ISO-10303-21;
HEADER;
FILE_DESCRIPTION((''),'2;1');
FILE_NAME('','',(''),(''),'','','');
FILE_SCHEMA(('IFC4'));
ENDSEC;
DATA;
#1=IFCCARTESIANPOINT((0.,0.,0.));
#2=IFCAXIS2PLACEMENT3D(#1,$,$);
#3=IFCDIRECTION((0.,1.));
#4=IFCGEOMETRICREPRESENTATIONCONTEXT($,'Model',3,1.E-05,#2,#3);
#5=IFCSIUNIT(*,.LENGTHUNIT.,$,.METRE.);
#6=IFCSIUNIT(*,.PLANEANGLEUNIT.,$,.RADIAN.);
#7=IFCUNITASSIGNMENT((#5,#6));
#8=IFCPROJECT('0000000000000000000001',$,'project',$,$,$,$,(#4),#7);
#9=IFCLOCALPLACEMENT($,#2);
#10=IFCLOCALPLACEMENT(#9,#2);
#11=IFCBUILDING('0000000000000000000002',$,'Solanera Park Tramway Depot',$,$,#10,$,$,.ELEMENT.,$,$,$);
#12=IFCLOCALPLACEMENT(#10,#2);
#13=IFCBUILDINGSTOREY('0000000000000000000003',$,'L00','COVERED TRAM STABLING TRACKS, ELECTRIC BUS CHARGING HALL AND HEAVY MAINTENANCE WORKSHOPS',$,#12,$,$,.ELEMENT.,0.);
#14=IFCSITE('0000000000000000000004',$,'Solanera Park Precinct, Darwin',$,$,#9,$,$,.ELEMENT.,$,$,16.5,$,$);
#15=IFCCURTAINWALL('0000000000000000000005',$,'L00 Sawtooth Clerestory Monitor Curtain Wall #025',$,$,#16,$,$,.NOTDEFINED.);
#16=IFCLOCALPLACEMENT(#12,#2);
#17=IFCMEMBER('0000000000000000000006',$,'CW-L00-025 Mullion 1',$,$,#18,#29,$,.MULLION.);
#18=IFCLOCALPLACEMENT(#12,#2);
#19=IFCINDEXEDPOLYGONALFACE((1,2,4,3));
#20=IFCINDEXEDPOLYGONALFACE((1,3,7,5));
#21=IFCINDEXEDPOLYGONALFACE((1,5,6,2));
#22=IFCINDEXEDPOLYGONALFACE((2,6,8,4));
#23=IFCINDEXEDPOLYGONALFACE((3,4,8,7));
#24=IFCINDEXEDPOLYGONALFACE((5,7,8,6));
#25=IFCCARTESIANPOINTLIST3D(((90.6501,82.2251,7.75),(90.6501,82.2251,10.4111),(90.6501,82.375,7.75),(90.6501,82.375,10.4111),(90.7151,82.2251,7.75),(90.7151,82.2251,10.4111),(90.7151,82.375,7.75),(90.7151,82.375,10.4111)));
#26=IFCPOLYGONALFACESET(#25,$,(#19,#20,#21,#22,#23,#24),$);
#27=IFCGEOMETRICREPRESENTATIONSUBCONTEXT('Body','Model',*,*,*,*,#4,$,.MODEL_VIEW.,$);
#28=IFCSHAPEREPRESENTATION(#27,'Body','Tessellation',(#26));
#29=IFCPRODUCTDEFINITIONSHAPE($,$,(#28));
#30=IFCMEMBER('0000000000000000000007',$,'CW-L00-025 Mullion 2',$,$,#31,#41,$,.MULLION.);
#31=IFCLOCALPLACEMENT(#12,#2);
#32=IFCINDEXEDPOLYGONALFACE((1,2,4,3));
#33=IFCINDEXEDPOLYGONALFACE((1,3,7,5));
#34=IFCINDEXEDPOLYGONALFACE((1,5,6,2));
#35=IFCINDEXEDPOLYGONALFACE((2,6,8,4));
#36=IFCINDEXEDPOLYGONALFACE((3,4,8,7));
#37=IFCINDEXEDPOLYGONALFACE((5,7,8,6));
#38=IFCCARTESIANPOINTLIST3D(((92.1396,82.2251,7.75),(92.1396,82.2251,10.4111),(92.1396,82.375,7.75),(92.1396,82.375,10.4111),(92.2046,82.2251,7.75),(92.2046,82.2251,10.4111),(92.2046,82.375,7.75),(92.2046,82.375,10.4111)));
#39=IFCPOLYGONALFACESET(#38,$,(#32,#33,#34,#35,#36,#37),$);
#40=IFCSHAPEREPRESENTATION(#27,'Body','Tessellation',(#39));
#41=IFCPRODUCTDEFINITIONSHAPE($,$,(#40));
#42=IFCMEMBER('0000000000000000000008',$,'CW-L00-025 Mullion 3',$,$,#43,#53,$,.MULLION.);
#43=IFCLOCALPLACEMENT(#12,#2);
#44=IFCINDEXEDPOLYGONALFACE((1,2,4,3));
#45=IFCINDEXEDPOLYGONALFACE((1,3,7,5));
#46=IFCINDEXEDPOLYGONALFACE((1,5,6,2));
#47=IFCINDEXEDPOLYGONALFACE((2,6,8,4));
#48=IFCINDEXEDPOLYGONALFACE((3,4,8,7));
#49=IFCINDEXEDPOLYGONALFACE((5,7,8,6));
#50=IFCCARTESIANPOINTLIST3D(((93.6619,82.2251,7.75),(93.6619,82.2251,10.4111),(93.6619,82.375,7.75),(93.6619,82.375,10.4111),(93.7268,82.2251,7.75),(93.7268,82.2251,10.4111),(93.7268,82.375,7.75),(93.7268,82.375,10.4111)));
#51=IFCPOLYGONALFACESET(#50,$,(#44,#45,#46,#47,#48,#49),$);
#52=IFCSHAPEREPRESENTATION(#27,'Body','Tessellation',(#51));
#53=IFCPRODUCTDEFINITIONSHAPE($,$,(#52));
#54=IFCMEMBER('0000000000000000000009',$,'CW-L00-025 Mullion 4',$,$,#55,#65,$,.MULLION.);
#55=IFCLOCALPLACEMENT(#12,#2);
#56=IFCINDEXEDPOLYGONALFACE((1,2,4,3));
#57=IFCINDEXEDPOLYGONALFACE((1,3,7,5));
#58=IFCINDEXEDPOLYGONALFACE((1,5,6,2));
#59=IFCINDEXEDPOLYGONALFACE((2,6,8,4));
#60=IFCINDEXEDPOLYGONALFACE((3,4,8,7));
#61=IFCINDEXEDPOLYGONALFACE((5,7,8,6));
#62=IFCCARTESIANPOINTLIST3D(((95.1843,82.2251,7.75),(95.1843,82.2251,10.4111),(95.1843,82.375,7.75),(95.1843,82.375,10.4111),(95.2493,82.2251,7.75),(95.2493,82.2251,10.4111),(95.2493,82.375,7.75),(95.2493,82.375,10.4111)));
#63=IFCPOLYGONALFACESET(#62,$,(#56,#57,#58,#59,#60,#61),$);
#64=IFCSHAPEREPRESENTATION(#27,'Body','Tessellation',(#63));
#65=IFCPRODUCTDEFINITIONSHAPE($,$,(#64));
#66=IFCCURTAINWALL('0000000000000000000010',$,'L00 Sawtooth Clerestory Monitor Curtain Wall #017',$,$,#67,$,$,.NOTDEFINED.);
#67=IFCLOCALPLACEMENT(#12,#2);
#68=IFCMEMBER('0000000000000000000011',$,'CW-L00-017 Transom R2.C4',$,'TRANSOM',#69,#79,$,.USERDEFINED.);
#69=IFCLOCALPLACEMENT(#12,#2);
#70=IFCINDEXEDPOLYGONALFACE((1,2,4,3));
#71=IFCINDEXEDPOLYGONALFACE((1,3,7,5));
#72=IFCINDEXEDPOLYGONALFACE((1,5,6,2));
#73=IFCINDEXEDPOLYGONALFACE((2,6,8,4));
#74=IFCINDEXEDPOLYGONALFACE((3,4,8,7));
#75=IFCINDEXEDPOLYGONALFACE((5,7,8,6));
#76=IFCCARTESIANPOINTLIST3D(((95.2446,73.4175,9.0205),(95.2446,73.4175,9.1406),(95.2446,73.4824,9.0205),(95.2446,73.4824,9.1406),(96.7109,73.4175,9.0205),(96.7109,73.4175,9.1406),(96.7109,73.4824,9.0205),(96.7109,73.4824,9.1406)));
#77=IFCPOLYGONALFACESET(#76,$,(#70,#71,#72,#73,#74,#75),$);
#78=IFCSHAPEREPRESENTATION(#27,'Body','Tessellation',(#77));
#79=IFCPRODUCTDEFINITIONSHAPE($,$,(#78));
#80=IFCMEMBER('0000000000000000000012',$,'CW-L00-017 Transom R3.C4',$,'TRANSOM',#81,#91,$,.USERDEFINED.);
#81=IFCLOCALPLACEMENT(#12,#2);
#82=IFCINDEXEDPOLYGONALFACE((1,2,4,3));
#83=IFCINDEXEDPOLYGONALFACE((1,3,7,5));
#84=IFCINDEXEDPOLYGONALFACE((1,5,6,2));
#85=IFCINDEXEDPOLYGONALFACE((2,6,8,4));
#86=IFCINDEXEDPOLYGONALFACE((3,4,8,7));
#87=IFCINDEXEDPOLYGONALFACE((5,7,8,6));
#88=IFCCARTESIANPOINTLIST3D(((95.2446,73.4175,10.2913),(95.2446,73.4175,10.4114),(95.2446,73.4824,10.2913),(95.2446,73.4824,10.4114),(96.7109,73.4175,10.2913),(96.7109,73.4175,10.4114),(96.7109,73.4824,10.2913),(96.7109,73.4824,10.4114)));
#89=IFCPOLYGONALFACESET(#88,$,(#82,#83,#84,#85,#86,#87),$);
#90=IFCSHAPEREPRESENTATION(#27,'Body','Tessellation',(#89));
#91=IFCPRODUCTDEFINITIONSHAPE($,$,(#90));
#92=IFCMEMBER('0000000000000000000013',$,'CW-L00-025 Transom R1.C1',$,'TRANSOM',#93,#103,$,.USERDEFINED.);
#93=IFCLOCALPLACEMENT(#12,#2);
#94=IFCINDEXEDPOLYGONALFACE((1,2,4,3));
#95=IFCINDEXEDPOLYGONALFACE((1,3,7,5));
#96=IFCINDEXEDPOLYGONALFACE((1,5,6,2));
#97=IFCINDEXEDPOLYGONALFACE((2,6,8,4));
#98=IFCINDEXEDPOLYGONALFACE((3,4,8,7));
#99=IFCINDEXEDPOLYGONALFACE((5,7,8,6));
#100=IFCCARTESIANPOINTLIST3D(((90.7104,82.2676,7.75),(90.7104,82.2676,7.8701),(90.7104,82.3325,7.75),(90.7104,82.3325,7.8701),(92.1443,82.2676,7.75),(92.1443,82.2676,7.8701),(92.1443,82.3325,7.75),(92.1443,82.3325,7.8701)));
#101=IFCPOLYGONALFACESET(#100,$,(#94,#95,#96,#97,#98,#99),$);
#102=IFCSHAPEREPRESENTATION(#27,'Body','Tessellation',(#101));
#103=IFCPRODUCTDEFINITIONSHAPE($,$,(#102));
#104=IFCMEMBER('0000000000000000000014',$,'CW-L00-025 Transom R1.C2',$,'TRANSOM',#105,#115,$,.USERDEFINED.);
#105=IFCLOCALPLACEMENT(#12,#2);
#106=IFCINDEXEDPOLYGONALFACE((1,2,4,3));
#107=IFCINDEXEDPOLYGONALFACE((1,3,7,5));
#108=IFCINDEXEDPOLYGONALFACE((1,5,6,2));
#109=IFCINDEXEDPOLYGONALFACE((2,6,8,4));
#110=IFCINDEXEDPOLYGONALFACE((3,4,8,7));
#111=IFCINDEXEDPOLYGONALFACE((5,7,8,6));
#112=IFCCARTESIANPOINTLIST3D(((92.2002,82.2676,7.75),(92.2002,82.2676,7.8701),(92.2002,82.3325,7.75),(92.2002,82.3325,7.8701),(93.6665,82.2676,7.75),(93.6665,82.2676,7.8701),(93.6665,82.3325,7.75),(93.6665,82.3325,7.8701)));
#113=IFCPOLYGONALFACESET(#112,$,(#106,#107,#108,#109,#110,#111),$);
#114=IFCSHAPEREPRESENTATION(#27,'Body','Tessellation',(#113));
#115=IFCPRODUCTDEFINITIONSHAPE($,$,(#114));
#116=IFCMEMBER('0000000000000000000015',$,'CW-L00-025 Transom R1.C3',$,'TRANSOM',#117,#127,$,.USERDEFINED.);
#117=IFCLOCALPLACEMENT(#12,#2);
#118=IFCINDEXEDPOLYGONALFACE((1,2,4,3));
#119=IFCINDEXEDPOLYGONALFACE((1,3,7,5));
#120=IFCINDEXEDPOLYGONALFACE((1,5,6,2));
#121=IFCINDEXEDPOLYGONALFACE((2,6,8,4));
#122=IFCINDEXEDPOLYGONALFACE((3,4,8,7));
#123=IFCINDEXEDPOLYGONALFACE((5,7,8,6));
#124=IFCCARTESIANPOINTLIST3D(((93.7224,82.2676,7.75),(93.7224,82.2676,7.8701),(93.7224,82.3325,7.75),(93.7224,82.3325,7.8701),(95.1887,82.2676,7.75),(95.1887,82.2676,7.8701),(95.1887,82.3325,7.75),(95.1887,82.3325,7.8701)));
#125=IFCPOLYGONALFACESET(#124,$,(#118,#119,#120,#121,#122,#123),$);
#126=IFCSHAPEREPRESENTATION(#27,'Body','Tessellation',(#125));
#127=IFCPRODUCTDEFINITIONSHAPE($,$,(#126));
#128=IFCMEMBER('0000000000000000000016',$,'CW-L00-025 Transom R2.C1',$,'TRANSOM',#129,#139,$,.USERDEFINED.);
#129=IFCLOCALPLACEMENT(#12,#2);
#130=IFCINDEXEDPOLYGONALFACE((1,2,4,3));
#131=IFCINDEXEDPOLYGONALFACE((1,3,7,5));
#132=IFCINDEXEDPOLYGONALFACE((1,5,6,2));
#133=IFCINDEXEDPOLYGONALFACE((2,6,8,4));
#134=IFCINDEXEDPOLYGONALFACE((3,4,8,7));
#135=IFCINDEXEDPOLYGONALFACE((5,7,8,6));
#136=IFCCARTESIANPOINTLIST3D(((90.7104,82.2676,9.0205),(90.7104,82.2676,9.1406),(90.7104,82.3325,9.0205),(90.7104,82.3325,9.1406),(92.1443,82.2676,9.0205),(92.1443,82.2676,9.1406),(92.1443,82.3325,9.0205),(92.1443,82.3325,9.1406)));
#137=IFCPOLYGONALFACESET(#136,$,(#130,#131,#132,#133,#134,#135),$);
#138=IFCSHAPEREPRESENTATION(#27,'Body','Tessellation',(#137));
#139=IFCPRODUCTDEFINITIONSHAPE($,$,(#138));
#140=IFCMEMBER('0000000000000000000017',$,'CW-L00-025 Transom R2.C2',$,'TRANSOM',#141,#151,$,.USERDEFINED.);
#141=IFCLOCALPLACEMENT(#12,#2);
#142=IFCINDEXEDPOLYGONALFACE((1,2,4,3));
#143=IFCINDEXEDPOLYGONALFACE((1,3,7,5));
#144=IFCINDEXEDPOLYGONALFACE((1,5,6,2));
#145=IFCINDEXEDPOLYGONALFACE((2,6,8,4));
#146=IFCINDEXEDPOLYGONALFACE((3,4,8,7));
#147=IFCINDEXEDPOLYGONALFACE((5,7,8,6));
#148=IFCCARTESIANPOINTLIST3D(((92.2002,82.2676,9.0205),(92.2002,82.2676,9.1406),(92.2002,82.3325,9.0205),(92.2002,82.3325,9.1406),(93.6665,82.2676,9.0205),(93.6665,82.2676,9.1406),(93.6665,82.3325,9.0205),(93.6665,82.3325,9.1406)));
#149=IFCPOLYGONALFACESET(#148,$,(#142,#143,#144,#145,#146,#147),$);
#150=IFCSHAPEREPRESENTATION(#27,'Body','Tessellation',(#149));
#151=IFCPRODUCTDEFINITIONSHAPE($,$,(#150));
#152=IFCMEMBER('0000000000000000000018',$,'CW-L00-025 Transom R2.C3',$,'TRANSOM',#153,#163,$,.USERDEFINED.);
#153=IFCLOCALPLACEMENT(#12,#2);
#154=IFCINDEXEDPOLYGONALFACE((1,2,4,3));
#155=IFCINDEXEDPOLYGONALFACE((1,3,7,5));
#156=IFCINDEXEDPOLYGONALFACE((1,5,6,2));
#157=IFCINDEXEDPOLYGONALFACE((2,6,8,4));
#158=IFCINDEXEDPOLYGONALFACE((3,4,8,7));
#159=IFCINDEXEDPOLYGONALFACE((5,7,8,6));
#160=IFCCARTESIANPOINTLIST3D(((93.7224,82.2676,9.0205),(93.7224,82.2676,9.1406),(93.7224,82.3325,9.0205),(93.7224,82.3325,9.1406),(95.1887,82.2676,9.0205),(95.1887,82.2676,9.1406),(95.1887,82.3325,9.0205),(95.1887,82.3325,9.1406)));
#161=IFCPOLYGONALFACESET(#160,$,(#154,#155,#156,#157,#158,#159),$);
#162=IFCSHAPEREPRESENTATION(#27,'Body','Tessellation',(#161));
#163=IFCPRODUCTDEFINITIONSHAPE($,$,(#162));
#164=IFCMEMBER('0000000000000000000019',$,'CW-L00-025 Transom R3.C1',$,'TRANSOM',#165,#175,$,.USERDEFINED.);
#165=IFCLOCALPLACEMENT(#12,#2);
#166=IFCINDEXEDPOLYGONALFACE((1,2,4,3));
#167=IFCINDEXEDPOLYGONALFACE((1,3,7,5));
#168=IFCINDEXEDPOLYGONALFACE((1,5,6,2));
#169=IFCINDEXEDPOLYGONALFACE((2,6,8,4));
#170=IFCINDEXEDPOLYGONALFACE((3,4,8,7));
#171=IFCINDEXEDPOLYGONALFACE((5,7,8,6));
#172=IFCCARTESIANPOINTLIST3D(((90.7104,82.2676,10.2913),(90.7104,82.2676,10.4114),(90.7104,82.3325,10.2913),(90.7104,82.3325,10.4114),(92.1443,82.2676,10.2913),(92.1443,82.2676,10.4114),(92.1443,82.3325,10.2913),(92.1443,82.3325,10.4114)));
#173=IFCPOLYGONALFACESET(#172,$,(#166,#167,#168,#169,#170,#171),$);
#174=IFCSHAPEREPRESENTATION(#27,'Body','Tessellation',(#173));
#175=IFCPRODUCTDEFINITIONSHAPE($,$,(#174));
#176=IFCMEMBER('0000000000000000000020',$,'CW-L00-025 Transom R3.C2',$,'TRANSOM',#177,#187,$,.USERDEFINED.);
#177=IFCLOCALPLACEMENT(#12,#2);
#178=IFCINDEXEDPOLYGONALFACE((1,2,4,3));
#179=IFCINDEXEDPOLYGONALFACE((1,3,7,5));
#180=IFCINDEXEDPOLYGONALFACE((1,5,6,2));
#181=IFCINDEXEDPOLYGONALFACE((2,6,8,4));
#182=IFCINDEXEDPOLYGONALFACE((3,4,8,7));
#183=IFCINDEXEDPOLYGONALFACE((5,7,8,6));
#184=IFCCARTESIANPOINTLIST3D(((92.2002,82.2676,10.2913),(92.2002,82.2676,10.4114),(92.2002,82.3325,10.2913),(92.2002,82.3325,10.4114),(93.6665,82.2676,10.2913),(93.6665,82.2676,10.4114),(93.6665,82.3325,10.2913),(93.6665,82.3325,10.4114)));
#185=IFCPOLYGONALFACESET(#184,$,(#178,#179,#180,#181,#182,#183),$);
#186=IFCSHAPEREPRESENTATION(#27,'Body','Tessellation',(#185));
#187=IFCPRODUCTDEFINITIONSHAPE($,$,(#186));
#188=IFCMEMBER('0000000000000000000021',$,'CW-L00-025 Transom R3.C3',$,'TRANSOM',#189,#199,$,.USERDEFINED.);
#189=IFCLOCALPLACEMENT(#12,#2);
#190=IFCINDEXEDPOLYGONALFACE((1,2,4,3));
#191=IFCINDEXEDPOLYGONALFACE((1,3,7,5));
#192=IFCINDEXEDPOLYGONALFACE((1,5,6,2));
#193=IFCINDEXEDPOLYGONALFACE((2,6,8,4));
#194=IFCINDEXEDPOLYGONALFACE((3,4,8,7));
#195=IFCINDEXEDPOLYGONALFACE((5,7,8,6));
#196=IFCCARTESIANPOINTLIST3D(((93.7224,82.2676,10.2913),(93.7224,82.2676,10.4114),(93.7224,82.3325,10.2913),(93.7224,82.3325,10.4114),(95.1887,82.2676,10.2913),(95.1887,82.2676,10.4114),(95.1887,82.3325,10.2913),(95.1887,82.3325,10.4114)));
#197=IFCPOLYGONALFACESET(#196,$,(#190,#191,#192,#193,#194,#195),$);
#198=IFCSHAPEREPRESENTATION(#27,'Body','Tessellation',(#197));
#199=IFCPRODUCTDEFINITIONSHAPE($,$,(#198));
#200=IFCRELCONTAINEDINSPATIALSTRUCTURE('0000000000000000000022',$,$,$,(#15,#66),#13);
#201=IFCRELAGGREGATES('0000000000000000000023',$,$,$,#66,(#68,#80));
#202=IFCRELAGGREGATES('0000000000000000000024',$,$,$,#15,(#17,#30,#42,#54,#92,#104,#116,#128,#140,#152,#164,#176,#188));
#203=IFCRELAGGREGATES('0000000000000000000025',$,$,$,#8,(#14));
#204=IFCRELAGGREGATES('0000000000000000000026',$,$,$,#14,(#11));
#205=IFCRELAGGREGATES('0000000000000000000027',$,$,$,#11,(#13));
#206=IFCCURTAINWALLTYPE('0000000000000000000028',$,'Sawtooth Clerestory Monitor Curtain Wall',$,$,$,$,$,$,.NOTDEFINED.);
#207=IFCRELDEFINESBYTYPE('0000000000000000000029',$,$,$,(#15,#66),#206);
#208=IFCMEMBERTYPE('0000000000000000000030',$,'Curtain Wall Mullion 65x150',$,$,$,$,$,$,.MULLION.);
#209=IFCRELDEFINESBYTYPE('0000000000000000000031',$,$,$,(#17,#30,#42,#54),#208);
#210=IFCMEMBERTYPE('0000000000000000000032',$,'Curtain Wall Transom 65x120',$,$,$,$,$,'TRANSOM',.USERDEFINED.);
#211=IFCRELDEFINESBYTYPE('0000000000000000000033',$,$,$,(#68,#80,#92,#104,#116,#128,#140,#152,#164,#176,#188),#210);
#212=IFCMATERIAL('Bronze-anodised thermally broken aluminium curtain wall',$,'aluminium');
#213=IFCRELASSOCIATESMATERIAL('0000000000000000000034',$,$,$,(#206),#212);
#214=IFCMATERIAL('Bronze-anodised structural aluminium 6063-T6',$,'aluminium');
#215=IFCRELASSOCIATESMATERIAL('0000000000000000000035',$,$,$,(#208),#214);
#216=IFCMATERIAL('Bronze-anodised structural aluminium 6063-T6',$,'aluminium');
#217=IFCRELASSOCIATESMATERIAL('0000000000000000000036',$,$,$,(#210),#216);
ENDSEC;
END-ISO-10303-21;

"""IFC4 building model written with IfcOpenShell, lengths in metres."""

from ifc_helpers import new_model, si_unit, direction, frame, origin, origin_2d, place, context, subcontext, project, spatial, rectangle, extrude, material, material_profile, profile_set, type_object, element, aggregate, save


model = new_model("IFC4")

# Units and contexts
model_context = context("Model", 3, precision=1e-05, world=origin(), true_north=direction((0.0, 1.0)))
body_context = subcontext(model_context, "Body", "Model", "MODEL_VIEW")
ifc_project = project(units=[si_unit("LENGTHUNIT", "METRE"), si_unit("PLANEANGLEUNIT", "RADIAN")], contexts=[model_context])

# Site, building, storey
site_placement = place(None, origin())
site = spatial("IfcSite", under=ifc_project, at=site_placement, Name="Solanera Park Precinct, Darwin", CompositionType="ELEMENT", RefElevation=16.5)
building_placement = place(site_placement, origin())
building = spatial("IfcBuilding", under=site, at=building_placement, Name="Solanera Park Tramway Depot", CompositionType="ELEMENT")
storey_placement = place(building_placement, origin())
storey = spatial("IfcBuildingStorey", under=building, at=storey_placement, Name="L00", Description="COVERED TRAM STABLING TRACKS, ELECTRIC BUS CHARGING HALL AND HEAVY MAINTENANCE WORKSHOPS", CompositionType="ELEMENT", Elevation=0.0)

# Curtain walls, members
ifc_material_1 = material(Name="Bronze-anodised thermally broken aluminium curtain wall", Category="aluminium")
curtain_wall_type = type_object("IfcCurtainWallType", Name="Sawtooth Clerestory Monitor Curtain Wall", PredefinedType="NOTDEFINED", material=ifc_material_1)
curtain_wall_1_placement = place(storey_placement, origin())
curtain_wall_1 = element("IfcCurtainWall", 1, at=curtain_wall_1_placement, inside=storey, type_object=curtain_wall_type, Name="L00 Sawtooth Clerestory Monitor Curtain Wall #025", PredefinedType="NOTDEFINED")
ifc_material_2 = material(Name="Bronze-anodised structural aluminium 6063-T6", Category="aluminium")
ifc_material_profile_1 = material_profile(ifc_material_2, rectangle(XDim=0.0649, YDim=0.1499, at=origin_2d()), Name="Curtain Wall Mullion 65x150")
ifc_profile_set_1 = profile_set([ifc_material_profile_1], Name="Bronze-anodised structural aluminium 6063-T6")
member_type_1 = type_object("IfcMemberType", Name="Curtain Wall Mullion 65x150", PredefinedType="MULLION", material=ifc_profile_set_1)
member_1_placement = place(storey_placement, frame((90.6826, 82.3, 7.75), z_axis=(0.0, 0.0, 1.0), x_axis=(1.0, 0.0, 0.0)))
member_1 = element("IfcMember", 2, at=member_1_placement, type_object=member_type_1, Name="CW-L00-025 Mullion 1", PredefinedType="MULLION", context=body_context, shape_type="SweptSolid", body=[
    extrude(rectangle(XDim=0.0649, YDim=0.1499, at=origin_2d()), origin(), (0.0, 0.0, 1.0), 2.6611),
])
member_2_placement = place(storey_placement, frame((92.1721, 82.3, 7.75), z_axis=(0.0, 0.0, 1.0), x_axis=(1.0, 0.0, 0.0)))
member_2 = element("IfcMember", 3, at=member_2_placement, type_object=member_type_1, Name="CW-L00-025 Mullion 2", PredefinedType="MULLION", context=body_context, shape_type="SweptSolid", body=[
    extrude(rectangle(XDim=0.0649, YDim=0.1499, at=origin_2d()), origin(), (0.0, 0.0, 1.0), 2.6611),
])
member_3_placement = place(storey_placement, frame((93.6943, 82.3, 7.75), z_axis=(0.0, 0.0, 1.0), x_axis=(1.0, 0.0, 0.0)))
member_3 = element("IfcMember", 4, at=member_3_placement, type_object=member_type_1, Name="CW-L00-025 Mullion 3", PredefinedType="MULLION", context=body_context, shape_type="SweptSolid", body=[
    extrude(rectangle(XDim=0.0649, YDim=0.1499, at=origin_2d()), origin(), (0.0, 0.0, 1.0), 2.6611),
])
member_4_placement = place(storey_placement, frame((95.2168, 82.3, 7.75), z_axis=(0.0, 0.0, 1.0), x_axis=(1.0, 0.0, 0.0)))
member_4 = element("IfcMember", 5, at=member_4_placement, type_object=member_type_1, Name="CW-L00-025 Mullion 4", PredefinedType="MULLION", context=body_context, shape_type="SweptSolid", body=[
    extrude(rectangle(XDim=0.0649, YDim=0.1499, at=origin_2d()), origin(), (0.0, 0.0, 1.0), 2.6611),
])
curtain_wall_2_placement = place(storey_placement, origin())
curtain_wall_2 = element("IfcCurtainWall", 6, at=curtain_wall_2_placement, inside=storey, type_object=curtain_wall_type, Name="L00 Sawtooth Clerestory Monitor Curtain Wall #017", PredefinedType="NOTDEFINED")
ifc_material_3 = material(Name="Bronze-anodised structural aluminium 6063-T6", Category="aluminium")
ifc_material_profile_2 = material_profile(ifc_material_3, rectangle(XDim=0.0649, YDim=0.1201, at=origin_2d()), Name="Curtain Wall Transom 65x120")
ifc_profile_set_2 = profile_set([ifc_material_profile_2], Name="Bronze-anodised structural aluminium 6063-T6")
member_type_2 = type_object("IfcMemberType", Name="Curtain Wall Transom 65x120", ElementType="TRANSOM", PredefinedType="USERDEFINED", material=ifc_profile_set_2)
member_5_placement = place(storey_placement, frame((95.2446, 73.45, 9.0806), z_axis=(1.0, 0.0, 0.0), x_axis=(0.0, 1.0, 0.0)))
member_5 = element("IfcMember", 7, at=member_5_placement, type_object=member_type_2, Name="CW-L00-017 Transom R2.C4", ObjectType="TRANSOM", PredefinedType="USERDEFINED", context=body_context, shape_type="SweptSolid", body=[
    extrude(rectangle(XDim=0.0649, YDim=0.1201, at=origin_2d()), origin(), (0.0, 0.0, 1.0), 1.4663),
])
member_6_placement = place(storey_placement, frame((95.2446, 73.45, 10.3513), z_axis=(1.0, 0.0, 0.0), x_axis=(0.0, 1.0, 0.0)))
member_6 = element("IfcMember", 8, at=member_6_placement, type_object=member_type_2, Name="CW-L00-017 Transom R3.C4", ObjectType="TRANSOM", PredefinedType="USERDEFINED", context=body_context, shape_type="SweptSolid", body=[
    extrude(rectangle(XDim=0.0649, YDim=0.1201, at=origin_2d()), origin(), (0.0, 0.0, 1.0), 1.4663),
])
aggregate(curtain_wall_2, [member_5, member_6])

# Members
member_7_placement = place(storey_placement, frame((90.7104, 82.3, 7.8101), z_axis=(1.0, 0.0, 0.0), x_axis=(0.0, 1.0, 0.0)))
member_7 = element("IfcMember", 9, at=member_7_placement, type_object=member_type_2, Name="CW-L00-025 Transom R1.C1", ObjectType="TRANSOM", PredefinedType="USERDEFINED", context=body_context, shape_type="SweptSolid", body=[
    extrude(rectangle(XDim=0.0649, YDim=0.1201, at=origin_2d()), origin(), (0.0, 0.0, 1.0), 1.4338),
])
member_8_placement = place(storey_placement, frame((92.2002, 82.3, 7.8101), z_axis=(1.0, 0.0, 0.0), x_axis=(0.0, 1.0, 0.0)))
member_8 = element("IfcMember", 10, at=member_8_placement, type_object=member_type_2, Name="CW-L00-025 Transom R1.C2", ObjectType="TRANSOM", PredefinedType="USERDEFINED", context=body_context, shape_type="SweptSolid", body=[
    extrude(rectangle(XDim=0.0649, YDim=0.1201, at=origin_2d()), origin(), (0.0, 0.0, 1.0), 1.4663),
])
member_9_placement = place(storey_placement, frame((93.7224, 82.3, 7.8101), z_axis=(1.0, 0.0, 0.0), x_axis=(0.0, 1.0, 0.0)))
member_9 = element("IfcMember", 11, at=member_9_placement, type_object=member_type_2, Name="CW-L00-025 Transom R1.C3", ObjectType="TRANSOM", PredefinedType="USERDEFINED", context=body_context, shape_type="SweptSolid", body=[
    extrude(rectangle(XDim=0.0649, YDim=0.1201, at=origin_2d()), origin(), (0.0, 0.0, 1.0), 1.4663),
])
member_10_placement = place(storey_placement, frame((90.7104, 82.3, 9.0806), z_axis=(1.0, 0.0, 0.0), x_axis=(0.0, 1.0, 0.0)))
member_10 = element("IfcMember", 12, at=member_10_placement, type_object=member_type_2, Name="CW-L00-025 Transom R2.C1", ObjectType="TRANSOM", PredefinedType="USERDEFINED", context=body_context, shape_type="SweptSolid", body=[
    extrude(rectangle(XDim=0.0649, YDim=0.1201, at=origin_2d()), origin(), (0.0, 0.0, 1.0), 1.4338),
])
member_11_placement = place(storey_placement, frame((92.2002, 82.3, 9.0806), z_axis=(1.0, 0.0, 0.0), x_axis=(0.0, 1.0, 0.0)))
member_11 = element("IfcMember", 13, at=member_11_placement, type_object=member_type_2, Name="CW-L00-025 Transom R2.C2", ObjectType="TRANSOM", PredefinedType="USERDEFINED", context=body_context, shape_type="SweptSolid", body=[
    extrude(rectangle(XDim=0.0649, YDim=0.1201, at=origin_2d()), origin(), (0.0, 0.0, 1.0), 1.4663),
])
member_12_placement = place(storey_placement, frame((93.7224, 82.3, 9.0806), z_axis=(1.0, 0.0, 0.0), x_axis=(0.0, 1.0, 0.0)))
member_12 = element("IfcMember", 14, at=member_12_placement, type_object=member_type_2, Name="CW-L00-025 Transom R2.C3", ObjectType="TRANSOM", PredefinedType="USERDEFINED", context=body_context, shape_type="SweptSolid", body=[
    extrude(rectangle(XDim=0.0649, YDim=0.1201, at=origin_2d()), origin(), (0.0, 0.0, 1.0), 1.4663),
])
member_13_placement = place(storey_placement, frame((90.7104, 82.3, 10.3513), z_axis=(1.0, 0.0, 0.0), x_axis=(0.0, 1.0, 0.0)))
member_13 = element("IfcMember", 15, at=member_13_placement, type_object=member_type_2, Name="CW-L00-025 Transom R3.C1", ObjectType="TRANSOM", PredefinedType="USERDEFINED", context=body_context, shape_type="SweptSolid", body=[
    extrude(rectangle(XDim=0.0649, YDim=0.1201, at=origin_2d()), origin(), (0.0, 0.0, 1.0), 1.4338),
])
member_14_placement = place(storey_placement, frame((92.2002, 82.3, 10.3513), z_axis=(1.0, 0.0, 0.0), x_axis=(0.0, 1.0, 0.0)))
member_14 = element("IfcMember", 16, at=member_14_placement, type_object=member_type_2, Name="CW-L00-025 Transom R3.C2", ObjectType="TRANSOM", PredefinedType="USERDEFINED", context=body_context, shape_type="SweptSolid", body=[
    extrude(rectangle(XDim=0.0649, YDim=0.1201, at=origin_2d()), origin(), (0.0, 0.0, 1.0), 1.4663),
])
member_15_placement = place(storey_placement, frame((93.7224, 82.3, 10.3513), z_axis=(1.0, 0.0, 0.0), x_axis=(0.0, 1.0, 0.0)))
member_15 = element("IfcMember", 17, at=member_15_placement, type_object=member_type_2, Name="CW-L00-025 Transom R3.C3", ObjectType="TRANSOM", PredefinedType="USERDEFINED", context=body_context, shape_type="SweptSolid", body=[
    extrude(rectangle(XDim=0.0649, YDim=0.1201, at=origin_2d()), origin(), (0.0, 0.0, 1.0), 1.4663),
])

aggregate(curtain_wall_1, [member_1, member_2, member_3, member_4, member_7, member_8, member_9, member_10, member_11, member_12, member_13, member_14, member_15])

save(model, "model.ifc")
